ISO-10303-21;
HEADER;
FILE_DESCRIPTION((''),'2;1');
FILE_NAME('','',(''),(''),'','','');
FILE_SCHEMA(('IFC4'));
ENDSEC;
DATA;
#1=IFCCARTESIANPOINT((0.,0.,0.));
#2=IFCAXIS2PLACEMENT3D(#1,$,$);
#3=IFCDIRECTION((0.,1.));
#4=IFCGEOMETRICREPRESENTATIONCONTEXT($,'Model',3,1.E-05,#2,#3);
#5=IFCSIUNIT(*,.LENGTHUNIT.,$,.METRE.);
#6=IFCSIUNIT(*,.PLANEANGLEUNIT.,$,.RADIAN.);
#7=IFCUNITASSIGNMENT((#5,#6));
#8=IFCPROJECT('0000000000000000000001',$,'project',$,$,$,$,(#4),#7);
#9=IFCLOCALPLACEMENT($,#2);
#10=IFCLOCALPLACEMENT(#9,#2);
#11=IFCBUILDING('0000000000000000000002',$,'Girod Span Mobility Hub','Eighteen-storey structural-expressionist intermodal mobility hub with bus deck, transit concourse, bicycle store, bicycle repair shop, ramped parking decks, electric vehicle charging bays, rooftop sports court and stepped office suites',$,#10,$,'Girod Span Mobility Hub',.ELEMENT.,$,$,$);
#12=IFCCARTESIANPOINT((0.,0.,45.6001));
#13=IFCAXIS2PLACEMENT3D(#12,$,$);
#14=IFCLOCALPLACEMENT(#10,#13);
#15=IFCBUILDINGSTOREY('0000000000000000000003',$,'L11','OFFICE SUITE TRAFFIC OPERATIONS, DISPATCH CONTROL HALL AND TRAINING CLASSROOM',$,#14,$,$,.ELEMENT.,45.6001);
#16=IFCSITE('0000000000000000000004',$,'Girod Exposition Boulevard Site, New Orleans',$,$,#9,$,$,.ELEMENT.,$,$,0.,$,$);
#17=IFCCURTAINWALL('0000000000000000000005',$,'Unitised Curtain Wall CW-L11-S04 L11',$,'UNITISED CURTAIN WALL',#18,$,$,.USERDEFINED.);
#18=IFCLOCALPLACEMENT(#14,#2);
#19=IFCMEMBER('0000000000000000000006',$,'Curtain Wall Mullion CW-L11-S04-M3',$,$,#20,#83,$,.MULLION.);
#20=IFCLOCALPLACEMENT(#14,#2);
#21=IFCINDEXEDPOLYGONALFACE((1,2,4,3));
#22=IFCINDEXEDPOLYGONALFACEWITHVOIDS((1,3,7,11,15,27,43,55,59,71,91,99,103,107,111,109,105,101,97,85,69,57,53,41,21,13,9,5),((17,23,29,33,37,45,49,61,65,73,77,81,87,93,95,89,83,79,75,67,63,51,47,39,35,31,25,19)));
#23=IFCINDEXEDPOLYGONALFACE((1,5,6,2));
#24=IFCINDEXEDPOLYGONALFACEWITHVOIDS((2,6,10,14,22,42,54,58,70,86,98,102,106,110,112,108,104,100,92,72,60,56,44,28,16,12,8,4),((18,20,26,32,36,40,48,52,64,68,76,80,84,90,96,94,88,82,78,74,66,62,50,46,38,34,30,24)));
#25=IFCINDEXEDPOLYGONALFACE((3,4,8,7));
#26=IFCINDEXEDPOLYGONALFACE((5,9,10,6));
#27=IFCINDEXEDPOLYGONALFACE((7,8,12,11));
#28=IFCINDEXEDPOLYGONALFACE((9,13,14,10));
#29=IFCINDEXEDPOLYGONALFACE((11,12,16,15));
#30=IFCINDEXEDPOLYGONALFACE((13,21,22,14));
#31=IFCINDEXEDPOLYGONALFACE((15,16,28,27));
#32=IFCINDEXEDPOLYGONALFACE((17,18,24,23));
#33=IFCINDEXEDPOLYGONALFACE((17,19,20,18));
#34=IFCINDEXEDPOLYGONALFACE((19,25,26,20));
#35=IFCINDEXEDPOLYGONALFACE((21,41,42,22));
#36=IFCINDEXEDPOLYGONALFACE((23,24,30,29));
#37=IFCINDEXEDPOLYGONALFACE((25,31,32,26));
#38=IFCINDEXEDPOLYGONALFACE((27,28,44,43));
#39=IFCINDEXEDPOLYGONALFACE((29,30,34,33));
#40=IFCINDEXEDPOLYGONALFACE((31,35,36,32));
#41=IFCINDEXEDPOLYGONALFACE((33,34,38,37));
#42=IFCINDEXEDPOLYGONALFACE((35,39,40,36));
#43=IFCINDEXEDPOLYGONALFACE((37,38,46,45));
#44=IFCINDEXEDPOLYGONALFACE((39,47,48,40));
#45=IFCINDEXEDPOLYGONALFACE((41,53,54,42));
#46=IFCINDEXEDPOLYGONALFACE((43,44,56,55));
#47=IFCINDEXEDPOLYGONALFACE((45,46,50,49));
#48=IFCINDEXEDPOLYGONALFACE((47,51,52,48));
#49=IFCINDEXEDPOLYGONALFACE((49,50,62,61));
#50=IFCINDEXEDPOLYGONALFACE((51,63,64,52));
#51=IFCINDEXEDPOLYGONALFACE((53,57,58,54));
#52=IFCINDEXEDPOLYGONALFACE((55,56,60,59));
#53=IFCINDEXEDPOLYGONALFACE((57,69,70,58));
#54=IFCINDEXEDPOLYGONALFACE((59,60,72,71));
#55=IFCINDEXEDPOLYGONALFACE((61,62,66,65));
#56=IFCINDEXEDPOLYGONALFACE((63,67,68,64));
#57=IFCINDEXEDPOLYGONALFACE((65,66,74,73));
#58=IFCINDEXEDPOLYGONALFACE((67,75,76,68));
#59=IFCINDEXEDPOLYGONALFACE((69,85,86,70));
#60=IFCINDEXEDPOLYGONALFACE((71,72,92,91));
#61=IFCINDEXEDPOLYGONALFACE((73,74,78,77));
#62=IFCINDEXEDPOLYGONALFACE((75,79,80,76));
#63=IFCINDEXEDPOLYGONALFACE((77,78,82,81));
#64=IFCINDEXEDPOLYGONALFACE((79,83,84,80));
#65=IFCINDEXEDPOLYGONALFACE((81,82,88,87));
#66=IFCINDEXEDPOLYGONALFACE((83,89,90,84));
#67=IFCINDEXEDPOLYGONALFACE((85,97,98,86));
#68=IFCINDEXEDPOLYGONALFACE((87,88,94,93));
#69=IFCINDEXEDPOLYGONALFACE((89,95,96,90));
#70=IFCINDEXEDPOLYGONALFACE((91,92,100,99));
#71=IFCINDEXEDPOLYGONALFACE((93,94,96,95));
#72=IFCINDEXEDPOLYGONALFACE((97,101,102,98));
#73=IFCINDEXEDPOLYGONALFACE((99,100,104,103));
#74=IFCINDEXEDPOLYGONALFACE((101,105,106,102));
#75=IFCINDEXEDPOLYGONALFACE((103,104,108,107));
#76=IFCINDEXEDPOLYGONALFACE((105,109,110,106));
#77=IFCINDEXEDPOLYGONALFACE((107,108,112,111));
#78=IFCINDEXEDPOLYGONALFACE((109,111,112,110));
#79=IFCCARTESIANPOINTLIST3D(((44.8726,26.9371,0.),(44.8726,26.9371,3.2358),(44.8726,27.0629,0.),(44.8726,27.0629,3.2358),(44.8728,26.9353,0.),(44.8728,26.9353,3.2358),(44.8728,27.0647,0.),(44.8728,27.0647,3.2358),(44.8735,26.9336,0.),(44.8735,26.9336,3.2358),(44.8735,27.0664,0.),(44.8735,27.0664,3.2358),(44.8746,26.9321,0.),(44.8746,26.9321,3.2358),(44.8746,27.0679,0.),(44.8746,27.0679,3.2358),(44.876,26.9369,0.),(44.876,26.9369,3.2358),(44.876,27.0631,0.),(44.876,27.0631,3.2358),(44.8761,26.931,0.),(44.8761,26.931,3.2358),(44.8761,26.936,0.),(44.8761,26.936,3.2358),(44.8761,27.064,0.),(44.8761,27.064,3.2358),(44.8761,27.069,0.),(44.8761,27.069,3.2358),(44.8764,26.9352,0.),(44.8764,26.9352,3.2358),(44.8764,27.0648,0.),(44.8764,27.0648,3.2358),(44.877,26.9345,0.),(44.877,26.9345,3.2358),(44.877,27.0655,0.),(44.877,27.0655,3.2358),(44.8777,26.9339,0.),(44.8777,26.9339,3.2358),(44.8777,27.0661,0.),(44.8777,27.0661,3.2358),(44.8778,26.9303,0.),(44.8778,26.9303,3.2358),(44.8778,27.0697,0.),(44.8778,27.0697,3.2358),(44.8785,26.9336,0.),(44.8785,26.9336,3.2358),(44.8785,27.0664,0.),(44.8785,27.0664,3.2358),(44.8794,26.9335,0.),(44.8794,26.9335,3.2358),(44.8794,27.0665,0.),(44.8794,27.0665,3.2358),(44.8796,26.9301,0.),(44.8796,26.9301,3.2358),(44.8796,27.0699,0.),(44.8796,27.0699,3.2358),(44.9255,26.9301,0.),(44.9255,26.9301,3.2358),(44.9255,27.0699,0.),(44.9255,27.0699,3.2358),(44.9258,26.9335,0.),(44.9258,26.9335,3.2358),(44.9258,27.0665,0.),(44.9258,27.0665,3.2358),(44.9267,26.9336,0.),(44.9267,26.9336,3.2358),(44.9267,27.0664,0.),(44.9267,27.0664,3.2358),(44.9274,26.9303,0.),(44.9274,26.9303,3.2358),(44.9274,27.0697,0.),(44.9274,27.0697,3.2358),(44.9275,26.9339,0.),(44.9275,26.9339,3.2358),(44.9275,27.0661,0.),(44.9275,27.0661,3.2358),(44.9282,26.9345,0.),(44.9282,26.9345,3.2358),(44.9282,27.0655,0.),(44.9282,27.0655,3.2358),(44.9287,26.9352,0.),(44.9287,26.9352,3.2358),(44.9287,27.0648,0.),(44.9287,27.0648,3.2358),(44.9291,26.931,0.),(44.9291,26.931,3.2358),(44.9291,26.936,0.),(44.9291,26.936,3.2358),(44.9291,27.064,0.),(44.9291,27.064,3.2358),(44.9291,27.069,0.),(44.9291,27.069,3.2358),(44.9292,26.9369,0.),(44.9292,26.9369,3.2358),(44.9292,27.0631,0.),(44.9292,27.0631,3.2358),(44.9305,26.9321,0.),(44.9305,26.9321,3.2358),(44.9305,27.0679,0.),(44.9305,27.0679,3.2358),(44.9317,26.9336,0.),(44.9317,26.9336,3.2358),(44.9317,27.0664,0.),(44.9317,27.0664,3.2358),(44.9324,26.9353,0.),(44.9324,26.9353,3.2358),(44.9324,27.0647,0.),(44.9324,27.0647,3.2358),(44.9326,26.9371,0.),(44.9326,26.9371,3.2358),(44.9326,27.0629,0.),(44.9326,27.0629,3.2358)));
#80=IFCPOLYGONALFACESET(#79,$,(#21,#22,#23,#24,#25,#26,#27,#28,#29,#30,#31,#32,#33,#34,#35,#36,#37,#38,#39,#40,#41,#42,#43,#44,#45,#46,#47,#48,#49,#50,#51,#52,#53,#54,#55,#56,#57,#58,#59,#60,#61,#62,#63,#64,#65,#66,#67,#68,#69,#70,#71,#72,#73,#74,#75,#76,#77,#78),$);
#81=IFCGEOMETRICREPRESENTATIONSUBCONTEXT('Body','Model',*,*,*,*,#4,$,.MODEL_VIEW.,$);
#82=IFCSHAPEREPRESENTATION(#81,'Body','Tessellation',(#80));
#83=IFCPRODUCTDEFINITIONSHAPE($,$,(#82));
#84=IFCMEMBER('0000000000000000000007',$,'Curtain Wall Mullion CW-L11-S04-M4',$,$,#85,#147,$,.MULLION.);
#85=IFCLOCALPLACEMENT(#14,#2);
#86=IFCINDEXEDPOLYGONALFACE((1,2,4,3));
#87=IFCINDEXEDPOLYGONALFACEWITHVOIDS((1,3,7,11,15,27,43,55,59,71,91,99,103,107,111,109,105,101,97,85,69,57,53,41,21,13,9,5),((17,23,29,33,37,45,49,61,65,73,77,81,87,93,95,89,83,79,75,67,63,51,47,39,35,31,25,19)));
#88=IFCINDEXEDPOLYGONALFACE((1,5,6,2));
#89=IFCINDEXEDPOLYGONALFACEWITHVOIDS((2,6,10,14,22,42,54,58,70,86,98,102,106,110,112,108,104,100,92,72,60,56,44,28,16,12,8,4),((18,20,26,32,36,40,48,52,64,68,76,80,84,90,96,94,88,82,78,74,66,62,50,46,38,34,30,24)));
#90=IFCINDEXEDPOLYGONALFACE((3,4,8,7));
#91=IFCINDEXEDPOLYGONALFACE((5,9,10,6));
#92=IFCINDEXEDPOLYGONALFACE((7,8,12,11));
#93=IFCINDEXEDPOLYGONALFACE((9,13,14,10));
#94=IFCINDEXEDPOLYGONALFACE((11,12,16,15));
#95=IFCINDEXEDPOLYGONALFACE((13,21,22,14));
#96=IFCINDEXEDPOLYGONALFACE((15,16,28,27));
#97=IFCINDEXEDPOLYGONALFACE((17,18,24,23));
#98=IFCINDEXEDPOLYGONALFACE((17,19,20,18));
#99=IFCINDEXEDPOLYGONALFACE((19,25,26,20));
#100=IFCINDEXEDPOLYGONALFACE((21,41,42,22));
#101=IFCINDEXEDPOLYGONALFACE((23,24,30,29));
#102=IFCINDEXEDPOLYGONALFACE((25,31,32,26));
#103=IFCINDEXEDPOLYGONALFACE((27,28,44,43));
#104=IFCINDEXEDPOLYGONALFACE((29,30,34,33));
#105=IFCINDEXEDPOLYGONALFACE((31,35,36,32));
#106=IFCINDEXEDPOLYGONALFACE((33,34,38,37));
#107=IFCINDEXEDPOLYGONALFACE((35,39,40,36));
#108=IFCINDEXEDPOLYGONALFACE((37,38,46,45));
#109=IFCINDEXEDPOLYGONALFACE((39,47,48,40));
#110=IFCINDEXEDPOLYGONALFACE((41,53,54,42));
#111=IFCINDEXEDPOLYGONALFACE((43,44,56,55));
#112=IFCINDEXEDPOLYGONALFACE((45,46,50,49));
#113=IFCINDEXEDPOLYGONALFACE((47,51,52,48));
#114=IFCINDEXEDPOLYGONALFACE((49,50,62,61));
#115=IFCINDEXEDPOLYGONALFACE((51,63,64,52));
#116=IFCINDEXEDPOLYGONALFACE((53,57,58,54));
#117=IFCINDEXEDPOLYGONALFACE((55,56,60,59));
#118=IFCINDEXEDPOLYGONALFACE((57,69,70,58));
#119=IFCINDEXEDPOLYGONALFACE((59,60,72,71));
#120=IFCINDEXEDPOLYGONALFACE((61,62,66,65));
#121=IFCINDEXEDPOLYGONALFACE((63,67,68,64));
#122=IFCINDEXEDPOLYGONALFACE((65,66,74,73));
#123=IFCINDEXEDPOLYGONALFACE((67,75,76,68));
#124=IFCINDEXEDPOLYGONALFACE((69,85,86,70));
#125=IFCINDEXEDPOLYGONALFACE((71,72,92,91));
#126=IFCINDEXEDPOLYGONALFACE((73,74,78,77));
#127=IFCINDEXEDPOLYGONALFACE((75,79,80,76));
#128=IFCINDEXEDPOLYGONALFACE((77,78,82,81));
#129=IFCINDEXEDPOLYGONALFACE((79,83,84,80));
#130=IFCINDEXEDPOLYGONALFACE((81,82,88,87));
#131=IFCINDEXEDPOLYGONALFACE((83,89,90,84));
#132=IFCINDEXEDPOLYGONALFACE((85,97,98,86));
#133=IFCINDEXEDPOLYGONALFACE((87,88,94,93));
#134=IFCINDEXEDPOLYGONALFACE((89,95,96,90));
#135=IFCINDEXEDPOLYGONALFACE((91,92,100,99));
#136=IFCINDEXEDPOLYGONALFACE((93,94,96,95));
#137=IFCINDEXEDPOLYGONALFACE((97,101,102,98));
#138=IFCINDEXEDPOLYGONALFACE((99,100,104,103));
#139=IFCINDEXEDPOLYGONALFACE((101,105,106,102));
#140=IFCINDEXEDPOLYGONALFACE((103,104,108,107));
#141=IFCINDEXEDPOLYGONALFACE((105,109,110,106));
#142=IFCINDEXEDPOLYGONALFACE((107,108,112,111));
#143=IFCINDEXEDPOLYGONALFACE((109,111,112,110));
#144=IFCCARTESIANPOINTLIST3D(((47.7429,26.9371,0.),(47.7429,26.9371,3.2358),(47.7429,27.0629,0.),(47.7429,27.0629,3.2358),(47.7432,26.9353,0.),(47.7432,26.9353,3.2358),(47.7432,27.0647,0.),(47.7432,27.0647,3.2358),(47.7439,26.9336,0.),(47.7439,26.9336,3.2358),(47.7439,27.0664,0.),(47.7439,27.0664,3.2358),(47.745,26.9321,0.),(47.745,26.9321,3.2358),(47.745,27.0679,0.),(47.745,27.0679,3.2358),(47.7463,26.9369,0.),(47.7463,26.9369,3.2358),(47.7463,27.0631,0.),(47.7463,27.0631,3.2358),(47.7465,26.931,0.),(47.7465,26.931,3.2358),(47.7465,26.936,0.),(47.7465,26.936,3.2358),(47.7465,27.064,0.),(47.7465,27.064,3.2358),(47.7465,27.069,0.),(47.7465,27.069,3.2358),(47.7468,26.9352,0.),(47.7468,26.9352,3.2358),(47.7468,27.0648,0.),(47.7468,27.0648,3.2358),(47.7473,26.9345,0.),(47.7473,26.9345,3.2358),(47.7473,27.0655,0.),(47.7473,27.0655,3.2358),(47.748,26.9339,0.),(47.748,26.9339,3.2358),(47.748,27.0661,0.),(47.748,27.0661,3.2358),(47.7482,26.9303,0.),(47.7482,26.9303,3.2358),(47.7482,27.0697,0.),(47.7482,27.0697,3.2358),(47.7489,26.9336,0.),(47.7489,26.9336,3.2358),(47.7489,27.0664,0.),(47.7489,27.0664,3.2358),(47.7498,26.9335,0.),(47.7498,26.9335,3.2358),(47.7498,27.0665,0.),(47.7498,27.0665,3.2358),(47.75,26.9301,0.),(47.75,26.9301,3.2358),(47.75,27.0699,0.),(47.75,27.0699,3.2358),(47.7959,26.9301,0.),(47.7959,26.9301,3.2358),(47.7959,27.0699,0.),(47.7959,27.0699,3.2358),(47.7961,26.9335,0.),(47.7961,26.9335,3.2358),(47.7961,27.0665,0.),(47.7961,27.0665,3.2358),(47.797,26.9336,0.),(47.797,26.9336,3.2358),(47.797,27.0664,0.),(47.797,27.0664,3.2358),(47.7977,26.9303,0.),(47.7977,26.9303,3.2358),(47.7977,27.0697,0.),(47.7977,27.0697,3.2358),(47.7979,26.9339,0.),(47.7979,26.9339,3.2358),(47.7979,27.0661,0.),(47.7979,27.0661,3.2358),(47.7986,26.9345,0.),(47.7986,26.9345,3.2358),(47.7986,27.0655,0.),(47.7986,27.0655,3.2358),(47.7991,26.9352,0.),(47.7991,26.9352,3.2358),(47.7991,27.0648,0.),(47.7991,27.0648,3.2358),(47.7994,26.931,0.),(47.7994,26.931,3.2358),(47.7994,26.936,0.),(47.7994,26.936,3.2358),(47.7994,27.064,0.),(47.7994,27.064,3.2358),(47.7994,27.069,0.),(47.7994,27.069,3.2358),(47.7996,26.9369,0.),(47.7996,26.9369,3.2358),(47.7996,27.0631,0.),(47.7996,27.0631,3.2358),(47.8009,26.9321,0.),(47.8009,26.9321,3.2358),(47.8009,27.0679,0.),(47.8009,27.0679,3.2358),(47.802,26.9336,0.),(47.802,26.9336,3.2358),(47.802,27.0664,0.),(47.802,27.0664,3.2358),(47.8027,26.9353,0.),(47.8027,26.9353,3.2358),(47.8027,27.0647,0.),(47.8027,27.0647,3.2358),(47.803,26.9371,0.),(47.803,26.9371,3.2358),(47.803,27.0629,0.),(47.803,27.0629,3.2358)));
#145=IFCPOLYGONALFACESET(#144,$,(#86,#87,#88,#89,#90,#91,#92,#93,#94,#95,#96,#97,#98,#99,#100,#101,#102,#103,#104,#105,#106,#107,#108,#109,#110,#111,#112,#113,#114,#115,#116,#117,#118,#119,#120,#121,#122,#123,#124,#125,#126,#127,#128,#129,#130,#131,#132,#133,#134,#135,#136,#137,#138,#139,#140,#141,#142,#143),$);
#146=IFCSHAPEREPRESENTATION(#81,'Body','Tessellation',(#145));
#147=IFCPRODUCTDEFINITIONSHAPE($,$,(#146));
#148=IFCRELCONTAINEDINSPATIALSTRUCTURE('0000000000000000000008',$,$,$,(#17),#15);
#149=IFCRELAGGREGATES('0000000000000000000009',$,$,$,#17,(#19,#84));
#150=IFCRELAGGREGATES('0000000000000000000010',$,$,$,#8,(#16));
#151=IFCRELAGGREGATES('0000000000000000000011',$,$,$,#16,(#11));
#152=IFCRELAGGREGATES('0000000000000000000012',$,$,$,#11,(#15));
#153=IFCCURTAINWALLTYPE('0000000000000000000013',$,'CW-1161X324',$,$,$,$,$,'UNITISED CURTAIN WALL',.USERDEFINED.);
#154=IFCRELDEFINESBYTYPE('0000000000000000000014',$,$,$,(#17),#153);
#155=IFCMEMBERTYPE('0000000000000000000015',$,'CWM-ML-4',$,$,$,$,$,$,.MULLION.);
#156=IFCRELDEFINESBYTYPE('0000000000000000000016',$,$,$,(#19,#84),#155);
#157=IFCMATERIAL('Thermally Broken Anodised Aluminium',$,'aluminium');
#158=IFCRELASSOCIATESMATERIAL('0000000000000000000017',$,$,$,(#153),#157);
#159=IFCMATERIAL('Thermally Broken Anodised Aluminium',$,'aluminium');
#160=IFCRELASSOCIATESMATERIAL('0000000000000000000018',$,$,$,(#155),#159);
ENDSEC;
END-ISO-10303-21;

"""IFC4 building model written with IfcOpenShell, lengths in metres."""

from ifc_helpers import new_model, si_unit, direction, frame, origin, origin_2d, place, context, subcontext, project, spatial, hollow_rectangle, extrude, material, material_profile, profile_set, type_object, element, aggregate, save


model = new_model("IFC4")

# Units and contexts
model_context = context("Model", 3, precision=1e-05, world=origin(), true_north=direction((0.0, 1.0)))
body_context = subcontext(model_context, "Body", "Model", "MODEL_VIEW")
ifc_project = project(units=[si_unit("LENGTHUNIT", "METRE"), si_unit("PLANEANGLEUNIT", "RADIAN")], contexts=[model_context])

# Site, building, storey
site_placement = place(None, origin())
site = spatial("IfcSite", under=ifc_project, at=site_placement, Name="Girod Exposition Boulevard Site, New Orleans", CompositionType="ELEMENT", RefElevation=0.0)
building_placement = place(site_placement, origin())
building = spatial("IfcBuilding", under=site, at=building_placement, Name="Girod Span Mobility Hub", Description="Eighteen-storey structural-expressionist intermodal mobility hub with bus deck, transit concourse, bicycle store, bicycle repair shop, ramped parking decks, electric vehicle charging bays, rooftop sports court and stepped office suites", LongName="Girod Span Mobility Hub", CompositionType="ELEMENT")
storey_placement = place(building_placement, frame((0.0, 0.0, 45.6001)))
storey = spatial("IfcBuildingStorey", under=building, at=storey_placement, Name="L11", Description="OFFICE SUITE TRAFFIC OPERATIONS, DISPATCH CONTROL HALL AND TRAINING CLASSROOM", CompositionType="ELEMENT", Elevation=45.6001)

# Curtain wall, members
ifc_material_1 = material(Name="Thermally Broken Anodised Aluminium", Category="aluminium")
curtain_wall_type = type_object("IfcCurtainWallType", Name="CW-1161X324", ElementType="UNITISED CURTAIN WALL", PredefinedType="USERDEFINED", material=ifc_material_1)
curtain_wall_1_placement = place(storey_placement, origin())
curtain_wall_1 = element("IfcCurtainWall", 1, at=curtain_wall_1_placement, inside=storey, type_object=curtain_wall_type, Name="Unitised Curtain Wall CW-L11-S04 L11", ObjectType="UNITISED CURTAIN WALL", PredefinedType="USERDEFINED")
ifc_material_2 = material(Name="Thermally Broken Anodised Aluminium", Category="aluminium")
ifc_material_profile_1 = material_profile(ifc_material_2, hollow_rectangle(XDim=0.1399, YDim=0.0601, WallThickness=0.0034, InnerFilletRadius=0.0034, OuterFilletRadius=0.0071, at=origin_2d()), Name="CW-ML-60X140")
ifc_profile_set_1 = profile_set([ifc_material_profile_1], Name="Thermally Broken Anodised Aluminium")
member_type_1 = type_object("IfcMemberType", Name="CWM-ML-4", PredefinedType="MULLION", material=ifc_profile_set_1)
member_1_placement = place(storey_placement, frame((44.9026, 27.0, 0.0), z_axis=(0.0, 0.0, 1.0), x_axis=(0.0, 1.0, 0.0)))
member_1 = element("IfcMember", 2, at=member_1_placement, type_object=member_type_1, Name="Curtain Wall Mullion CW-L11-S04-M3", PredefinedType="MULLION", context=body_context, shape_type="SweptSolid", body=[
    extrude(hollow_rectangle(XDim=0.1399, YDim=0.0601, WallThickness=0.0034, InnerFilletRadius=0.0034, OuterFilletRadius=0.0071, at=origin_2d()), origin(), (0.0, 0.0, 1.0), 3.2358),
])
member_2_placement = place(storey_placement, frame((47.7729, 27.0, 0.0), z_axis=(0.0, 0.0, 1.0), x_axis=(0.0, 1.0, 0.0)))
member_2 = element("IfcMember", 3, at=member_2_placement, type_object=member_type_1, Name="Curtain Wall Mullion CW-L11-S04-M4", PredefinedType="MULLION", context=body_context, shape_type="SweptSolid", body=[
    extrude(hollow_rectangle(XDim=0.1399, YDim=0.0601, WallThickness=0.0034, InnerFilletRadius=0.0034, OuterFilletRadius=0.0071, at=origin_2d()), origin(), (0.0, 0.0, 1.0), 3.2358),
])

aggregate(curtain_wall_1, [member_1, member_2])

save(model, "model.ifc")
